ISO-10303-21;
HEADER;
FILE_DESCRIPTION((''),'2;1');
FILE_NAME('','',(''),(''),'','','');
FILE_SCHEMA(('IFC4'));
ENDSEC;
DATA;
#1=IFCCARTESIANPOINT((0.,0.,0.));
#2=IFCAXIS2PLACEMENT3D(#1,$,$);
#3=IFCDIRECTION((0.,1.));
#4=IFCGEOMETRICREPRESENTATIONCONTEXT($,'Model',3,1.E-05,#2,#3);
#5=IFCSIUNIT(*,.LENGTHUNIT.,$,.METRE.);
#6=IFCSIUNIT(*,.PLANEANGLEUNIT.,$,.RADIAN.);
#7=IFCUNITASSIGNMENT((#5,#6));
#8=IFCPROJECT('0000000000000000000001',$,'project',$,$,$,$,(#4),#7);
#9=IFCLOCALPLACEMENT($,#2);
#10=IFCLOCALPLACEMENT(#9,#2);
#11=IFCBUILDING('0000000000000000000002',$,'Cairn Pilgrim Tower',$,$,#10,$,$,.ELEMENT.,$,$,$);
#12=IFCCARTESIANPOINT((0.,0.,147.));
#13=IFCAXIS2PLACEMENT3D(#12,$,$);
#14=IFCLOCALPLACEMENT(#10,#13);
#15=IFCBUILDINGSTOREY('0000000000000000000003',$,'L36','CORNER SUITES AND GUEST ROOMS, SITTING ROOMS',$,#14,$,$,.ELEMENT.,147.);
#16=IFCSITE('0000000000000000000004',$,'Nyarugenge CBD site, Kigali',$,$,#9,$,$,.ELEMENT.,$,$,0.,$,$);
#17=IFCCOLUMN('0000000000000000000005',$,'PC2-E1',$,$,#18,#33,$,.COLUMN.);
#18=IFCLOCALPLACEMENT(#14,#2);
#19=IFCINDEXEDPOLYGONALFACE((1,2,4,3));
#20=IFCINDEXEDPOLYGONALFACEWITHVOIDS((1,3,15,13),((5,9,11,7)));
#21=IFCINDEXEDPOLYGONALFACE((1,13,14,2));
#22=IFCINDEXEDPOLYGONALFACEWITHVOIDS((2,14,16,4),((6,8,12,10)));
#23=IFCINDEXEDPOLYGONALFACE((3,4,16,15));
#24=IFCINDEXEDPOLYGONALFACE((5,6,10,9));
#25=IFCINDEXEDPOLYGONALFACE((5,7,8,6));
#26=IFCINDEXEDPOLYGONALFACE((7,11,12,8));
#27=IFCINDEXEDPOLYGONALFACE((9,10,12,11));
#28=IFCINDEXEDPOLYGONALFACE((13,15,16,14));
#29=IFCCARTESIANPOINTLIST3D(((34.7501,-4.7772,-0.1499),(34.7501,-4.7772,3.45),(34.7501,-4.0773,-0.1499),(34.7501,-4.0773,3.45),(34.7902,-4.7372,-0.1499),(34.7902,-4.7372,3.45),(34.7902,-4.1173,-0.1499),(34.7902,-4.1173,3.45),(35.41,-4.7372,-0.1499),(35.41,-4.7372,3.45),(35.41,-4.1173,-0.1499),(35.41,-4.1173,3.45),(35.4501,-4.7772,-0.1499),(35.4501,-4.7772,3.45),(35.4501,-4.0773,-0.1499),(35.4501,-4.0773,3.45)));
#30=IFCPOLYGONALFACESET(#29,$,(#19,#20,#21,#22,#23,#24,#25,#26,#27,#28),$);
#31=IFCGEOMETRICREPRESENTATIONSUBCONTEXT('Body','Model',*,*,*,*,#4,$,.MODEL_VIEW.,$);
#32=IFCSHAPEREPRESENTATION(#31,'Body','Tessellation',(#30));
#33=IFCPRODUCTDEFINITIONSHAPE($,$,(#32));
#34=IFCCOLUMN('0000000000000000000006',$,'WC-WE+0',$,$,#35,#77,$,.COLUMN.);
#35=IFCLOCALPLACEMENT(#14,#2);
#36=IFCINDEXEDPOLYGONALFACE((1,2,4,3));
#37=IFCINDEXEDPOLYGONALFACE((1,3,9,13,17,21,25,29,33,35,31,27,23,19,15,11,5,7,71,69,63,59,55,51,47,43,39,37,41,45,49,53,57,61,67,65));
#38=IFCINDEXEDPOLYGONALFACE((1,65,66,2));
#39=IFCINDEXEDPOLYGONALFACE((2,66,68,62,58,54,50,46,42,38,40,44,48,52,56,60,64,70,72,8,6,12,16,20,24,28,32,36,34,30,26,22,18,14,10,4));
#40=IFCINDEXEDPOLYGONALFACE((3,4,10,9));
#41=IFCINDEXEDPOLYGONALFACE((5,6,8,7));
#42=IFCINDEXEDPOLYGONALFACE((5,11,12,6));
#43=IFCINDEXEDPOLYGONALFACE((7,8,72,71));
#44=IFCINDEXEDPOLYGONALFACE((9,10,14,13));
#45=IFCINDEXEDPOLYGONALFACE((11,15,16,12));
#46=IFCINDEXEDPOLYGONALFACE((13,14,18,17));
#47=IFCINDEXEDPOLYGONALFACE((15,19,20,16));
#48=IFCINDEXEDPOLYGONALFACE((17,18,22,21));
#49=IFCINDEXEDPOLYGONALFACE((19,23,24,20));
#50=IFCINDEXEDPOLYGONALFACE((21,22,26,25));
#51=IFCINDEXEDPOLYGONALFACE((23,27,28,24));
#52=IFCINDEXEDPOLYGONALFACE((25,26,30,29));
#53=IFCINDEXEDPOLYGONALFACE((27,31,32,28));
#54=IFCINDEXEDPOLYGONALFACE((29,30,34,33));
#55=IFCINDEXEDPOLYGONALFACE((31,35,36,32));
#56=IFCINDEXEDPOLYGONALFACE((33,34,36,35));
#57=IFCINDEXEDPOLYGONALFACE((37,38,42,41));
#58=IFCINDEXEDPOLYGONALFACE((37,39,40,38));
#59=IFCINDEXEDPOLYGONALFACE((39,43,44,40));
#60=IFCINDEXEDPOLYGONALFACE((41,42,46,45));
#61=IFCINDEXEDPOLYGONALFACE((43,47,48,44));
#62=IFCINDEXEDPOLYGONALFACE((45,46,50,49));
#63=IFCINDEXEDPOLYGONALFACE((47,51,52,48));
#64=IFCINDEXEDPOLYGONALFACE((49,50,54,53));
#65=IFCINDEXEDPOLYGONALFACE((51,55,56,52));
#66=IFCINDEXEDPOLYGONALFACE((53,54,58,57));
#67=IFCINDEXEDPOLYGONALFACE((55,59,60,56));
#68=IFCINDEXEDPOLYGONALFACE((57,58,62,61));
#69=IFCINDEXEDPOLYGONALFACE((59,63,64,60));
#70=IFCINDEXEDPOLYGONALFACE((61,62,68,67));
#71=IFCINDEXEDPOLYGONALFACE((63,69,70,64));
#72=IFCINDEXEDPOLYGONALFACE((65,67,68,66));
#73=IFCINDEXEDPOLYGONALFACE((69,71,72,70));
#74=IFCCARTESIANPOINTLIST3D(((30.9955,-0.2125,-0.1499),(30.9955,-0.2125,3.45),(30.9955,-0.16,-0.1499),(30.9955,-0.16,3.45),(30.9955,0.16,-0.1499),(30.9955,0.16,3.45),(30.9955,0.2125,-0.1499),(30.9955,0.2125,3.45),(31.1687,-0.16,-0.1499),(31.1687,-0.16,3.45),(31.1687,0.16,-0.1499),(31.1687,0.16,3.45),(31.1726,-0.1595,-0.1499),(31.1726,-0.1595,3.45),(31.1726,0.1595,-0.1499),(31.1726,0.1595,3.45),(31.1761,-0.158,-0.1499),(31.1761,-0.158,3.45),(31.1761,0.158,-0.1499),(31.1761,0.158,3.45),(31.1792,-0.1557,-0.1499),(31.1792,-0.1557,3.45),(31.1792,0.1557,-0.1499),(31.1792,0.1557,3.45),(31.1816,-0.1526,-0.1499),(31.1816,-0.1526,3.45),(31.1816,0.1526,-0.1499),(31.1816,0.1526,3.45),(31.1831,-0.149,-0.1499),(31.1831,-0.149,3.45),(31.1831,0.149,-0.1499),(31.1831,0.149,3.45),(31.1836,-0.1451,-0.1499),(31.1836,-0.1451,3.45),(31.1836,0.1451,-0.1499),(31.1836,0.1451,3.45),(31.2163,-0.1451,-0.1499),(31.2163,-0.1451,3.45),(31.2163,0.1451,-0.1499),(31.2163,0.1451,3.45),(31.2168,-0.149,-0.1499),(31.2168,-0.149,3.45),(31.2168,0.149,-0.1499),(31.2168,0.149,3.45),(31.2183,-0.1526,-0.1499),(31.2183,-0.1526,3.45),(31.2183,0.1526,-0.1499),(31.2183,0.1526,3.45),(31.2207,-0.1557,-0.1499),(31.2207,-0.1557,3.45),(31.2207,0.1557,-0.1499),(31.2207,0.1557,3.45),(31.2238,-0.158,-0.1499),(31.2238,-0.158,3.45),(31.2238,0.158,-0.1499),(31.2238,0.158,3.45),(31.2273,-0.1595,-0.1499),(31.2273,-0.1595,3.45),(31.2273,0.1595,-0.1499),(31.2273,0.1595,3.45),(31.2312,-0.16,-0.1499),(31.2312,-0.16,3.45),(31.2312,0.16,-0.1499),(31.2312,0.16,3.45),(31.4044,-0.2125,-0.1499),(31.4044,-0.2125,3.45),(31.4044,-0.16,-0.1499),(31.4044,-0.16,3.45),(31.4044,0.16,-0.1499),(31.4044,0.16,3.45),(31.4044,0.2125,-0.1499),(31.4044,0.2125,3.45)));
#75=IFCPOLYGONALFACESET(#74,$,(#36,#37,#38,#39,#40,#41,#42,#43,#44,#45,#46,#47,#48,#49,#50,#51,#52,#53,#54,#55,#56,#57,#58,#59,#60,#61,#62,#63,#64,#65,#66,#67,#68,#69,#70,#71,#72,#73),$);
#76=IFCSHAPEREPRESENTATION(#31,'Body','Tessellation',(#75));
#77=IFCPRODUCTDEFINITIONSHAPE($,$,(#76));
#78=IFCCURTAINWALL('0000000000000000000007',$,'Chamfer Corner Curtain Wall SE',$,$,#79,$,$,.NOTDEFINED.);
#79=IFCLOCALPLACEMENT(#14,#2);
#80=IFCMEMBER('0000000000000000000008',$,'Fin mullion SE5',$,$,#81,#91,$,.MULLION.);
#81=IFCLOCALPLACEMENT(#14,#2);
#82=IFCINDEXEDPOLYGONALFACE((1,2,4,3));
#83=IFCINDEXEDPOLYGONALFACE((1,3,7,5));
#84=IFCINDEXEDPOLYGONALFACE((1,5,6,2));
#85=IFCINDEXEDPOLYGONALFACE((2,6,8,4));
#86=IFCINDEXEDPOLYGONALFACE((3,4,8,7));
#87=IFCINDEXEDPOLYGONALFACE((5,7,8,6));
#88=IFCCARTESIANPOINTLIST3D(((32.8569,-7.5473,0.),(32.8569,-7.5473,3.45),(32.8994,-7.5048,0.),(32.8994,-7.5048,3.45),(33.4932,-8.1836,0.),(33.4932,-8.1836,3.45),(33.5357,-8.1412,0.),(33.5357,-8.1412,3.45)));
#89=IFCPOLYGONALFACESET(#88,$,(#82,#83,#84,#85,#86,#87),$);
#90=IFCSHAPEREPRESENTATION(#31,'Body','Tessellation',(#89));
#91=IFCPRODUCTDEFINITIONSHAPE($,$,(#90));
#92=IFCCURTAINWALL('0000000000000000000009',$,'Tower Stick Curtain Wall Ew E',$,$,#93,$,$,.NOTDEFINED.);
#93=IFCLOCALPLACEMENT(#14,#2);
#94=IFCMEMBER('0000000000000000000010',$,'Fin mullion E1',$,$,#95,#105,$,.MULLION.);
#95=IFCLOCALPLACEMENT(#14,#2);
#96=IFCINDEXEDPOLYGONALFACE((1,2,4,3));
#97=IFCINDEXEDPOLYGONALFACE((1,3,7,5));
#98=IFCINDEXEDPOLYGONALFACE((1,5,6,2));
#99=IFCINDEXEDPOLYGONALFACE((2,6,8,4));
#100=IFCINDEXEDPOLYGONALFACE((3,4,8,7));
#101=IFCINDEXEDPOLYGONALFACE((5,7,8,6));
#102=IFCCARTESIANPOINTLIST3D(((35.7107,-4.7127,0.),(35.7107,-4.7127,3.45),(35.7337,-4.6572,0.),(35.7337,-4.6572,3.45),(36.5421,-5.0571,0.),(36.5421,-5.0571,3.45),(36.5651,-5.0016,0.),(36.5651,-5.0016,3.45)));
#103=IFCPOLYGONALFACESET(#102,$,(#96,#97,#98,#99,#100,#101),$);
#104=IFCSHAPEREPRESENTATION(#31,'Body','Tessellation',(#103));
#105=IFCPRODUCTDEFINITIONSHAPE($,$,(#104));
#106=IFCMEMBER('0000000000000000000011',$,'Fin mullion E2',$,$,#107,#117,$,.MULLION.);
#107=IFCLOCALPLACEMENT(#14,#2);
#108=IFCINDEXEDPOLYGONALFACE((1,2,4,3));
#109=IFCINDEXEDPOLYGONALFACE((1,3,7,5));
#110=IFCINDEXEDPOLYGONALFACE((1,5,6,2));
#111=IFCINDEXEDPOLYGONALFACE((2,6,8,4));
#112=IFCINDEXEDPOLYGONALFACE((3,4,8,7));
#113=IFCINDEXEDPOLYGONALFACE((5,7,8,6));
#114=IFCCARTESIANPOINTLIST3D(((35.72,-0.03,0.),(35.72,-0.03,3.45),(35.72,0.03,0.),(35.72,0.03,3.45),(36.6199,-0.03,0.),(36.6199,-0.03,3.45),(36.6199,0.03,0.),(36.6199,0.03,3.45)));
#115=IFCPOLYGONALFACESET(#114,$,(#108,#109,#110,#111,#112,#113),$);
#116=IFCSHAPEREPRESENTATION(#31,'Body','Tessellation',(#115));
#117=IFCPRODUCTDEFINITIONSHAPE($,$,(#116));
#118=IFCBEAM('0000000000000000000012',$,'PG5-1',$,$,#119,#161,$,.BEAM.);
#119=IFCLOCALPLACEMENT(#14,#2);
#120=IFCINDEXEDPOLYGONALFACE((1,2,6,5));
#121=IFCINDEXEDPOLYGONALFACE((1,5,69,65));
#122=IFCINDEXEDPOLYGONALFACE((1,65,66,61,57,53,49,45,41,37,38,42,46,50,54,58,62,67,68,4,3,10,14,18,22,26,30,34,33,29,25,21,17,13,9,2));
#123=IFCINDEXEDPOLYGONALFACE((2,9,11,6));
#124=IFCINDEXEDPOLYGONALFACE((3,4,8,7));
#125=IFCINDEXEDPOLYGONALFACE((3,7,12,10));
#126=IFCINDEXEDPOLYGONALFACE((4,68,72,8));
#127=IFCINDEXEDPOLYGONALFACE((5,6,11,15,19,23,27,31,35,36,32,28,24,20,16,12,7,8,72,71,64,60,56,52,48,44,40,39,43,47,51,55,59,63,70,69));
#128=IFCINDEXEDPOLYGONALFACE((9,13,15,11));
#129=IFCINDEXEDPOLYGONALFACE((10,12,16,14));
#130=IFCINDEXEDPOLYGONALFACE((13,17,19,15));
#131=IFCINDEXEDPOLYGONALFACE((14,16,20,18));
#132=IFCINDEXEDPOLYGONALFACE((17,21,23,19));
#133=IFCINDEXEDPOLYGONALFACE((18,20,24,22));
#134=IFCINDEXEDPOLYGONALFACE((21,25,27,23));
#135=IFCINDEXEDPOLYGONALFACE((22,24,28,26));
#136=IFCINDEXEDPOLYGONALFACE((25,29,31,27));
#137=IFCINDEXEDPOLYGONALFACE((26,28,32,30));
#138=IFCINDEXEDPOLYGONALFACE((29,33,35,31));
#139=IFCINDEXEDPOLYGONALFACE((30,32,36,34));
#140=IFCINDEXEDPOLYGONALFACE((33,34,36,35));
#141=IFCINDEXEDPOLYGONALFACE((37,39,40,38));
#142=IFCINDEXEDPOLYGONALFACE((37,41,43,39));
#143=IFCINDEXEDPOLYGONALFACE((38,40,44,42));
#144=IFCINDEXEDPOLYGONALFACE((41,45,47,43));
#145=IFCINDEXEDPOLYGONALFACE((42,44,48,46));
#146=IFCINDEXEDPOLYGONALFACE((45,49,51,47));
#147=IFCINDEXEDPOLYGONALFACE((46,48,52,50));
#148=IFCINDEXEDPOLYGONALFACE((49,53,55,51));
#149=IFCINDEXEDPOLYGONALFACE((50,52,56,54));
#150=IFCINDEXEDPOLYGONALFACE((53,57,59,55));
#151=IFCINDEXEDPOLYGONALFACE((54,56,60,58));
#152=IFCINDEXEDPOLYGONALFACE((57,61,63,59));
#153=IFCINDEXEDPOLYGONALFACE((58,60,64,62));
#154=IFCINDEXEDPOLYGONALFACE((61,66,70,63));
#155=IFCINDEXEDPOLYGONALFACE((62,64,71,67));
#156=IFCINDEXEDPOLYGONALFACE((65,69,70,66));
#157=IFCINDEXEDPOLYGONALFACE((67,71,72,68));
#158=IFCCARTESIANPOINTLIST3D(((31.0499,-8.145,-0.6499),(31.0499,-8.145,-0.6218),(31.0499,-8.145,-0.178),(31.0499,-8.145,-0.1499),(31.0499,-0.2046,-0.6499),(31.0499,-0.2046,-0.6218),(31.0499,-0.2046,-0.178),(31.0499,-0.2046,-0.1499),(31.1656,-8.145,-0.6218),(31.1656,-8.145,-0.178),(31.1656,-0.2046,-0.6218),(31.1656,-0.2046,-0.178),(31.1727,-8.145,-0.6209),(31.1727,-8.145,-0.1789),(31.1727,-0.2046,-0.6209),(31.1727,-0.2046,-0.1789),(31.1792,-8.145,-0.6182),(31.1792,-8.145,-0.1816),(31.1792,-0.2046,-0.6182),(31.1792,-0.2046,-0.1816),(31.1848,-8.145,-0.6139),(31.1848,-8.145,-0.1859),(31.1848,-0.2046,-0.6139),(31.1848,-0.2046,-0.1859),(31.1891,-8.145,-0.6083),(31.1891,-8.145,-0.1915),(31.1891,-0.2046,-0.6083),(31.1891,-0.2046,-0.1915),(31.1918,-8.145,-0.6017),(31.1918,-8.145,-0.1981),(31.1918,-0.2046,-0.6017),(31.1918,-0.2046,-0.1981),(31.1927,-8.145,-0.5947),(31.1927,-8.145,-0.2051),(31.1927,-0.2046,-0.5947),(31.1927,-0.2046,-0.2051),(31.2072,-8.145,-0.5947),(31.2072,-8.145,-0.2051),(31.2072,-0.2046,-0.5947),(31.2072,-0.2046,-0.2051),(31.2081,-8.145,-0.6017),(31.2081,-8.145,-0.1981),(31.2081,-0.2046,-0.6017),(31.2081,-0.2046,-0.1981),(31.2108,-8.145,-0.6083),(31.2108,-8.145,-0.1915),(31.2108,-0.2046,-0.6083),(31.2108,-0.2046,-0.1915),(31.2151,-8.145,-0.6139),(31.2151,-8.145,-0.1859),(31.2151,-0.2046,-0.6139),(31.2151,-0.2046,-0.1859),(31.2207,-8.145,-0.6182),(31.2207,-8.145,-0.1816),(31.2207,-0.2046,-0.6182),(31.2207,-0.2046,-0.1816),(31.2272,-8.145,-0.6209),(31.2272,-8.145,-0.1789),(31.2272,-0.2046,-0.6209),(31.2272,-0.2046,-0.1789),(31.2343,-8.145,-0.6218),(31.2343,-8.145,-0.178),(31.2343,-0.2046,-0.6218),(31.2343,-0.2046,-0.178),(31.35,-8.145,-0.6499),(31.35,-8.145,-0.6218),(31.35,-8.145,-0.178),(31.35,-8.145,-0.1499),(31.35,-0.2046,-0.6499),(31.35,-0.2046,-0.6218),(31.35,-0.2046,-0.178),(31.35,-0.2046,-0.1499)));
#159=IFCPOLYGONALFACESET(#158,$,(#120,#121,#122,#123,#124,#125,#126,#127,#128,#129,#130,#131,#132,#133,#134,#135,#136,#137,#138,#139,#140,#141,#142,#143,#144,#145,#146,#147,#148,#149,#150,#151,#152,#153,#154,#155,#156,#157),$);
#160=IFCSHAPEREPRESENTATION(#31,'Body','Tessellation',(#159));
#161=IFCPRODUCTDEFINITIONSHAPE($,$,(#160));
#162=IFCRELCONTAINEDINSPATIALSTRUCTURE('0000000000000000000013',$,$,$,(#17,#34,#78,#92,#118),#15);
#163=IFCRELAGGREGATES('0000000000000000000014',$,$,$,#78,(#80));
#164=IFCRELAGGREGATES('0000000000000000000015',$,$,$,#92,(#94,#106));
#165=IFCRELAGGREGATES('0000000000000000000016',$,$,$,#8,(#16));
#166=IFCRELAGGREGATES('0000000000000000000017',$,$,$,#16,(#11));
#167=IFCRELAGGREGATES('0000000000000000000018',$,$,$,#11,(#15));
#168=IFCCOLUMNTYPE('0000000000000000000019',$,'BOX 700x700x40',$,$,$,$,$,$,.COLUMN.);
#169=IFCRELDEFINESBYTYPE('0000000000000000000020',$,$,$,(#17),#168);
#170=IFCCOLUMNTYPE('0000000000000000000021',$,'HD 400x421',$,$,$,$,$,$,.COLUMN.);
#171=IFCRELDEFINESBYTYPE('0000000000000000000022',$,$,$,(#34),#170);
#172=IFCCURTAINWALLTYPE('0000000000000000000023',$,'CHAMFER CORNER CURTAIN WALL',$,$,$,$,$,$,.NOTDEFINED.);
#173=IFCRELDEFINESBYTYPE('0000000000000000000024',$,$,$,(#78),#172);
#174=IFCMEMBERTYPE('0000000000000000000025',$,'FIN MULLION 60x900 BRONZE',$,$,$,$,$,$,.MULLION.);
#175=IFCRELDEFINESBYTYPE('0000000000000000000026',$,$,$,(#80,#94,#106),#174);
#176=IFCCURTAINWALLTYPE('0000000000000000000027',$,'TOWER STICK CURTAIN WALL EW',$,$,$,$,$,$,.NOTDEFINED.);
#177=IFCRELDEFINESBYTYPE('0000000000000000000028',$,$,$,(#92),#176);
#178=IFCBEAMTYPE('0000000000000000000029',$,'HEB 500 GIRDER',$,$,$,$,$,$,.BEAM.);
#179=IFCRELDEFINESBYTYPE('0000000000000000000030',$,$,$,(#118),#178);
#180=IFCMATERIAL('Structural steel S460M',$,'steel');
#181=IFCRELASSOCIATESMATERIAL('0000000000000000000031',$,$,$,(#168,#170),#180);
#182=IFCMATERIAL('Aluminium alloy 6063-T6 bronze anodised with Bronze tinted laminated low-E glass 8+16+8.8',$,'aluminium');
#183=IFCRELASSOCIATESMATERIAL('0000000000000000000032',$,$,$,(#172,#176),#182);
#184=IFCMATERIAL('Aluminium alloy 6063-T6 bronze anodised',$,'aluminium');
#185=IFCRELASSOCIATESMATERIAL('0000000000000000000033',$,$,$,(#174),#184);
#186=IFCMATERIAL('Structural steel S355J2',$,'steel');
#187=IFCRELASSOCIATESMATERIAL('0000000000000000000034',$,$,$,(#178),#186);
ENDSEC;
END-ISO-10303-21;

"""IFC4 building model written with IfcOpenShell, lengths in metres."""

from ifc_helpers import new_model, si_unit, direction, frame, origin, origin_2d, place, context, subcontext, project, spatial, rectangle, hollow_rectangle, i_section, extrude, material, material_profile, profile_set, type_object, element, aggregate, save


model = new_model("IFC4")

# Units and contexts
model_context = context("Model", 3, precision=1e-05, world=origin(), true_north=direction((0.0, 1.0)))
body_context = subcontext(model_context, "Body", "Model", "MODEL_VIEW")
ifc_project = project(units=[si_unit("LENGTHUNIT", "METRE"), si_unit("PLANEANGLEUNIT", "RADIAN")], contexts=[model_context])

# Site, building, storey
site_placement = place(None, origin())
site = spatial("IfcSite", under=ifc_project, at=site_placement, Name="Nyarugenge CBD site, Kigali", CompositionType="ELEMENT", RefElevation=0.0)
building_placement = place(site_placement, origin())
building = spatial("IfcBuilding", under=site, at=building_placement, Name="Cairn Pilgrim Tower", CompositionType="ELEMENT")
storey_placement = place(building_placement, frame((0.0, 0.0, 147.0)))
storey = spatial("IfcBuildingStorey", under=building, at=storey_placement, Name="L36", Description="CORNER SUITES AND GUEST ROOMS, SITTING ROOMS", CompositionType="ELEMENT", Elevation=147.0)

# Columns
ifc_material_1 = material(Name="Structural steel S460M", Category="steel")
ifc_material_profile_1 = material_profile(ifc_material_1, hollow_rectangle(XDim=0.7, YDim=0.7, WallThickness=0.04, at=origin_2d()), Name="BOX 700x700x40")
ifc_profile_set_1 = profile_set([ifc_material_profile_1], Name="Structural steel S460M")
column_type_1 = type_object("IfcColumnType", Name="BOX 700x700x40", PredefinedType="COLUMN", material=ifc_profile_set_1)
column_1_placement = place(storey_placement, frame((35.1001, -4.4272, -0.1499), z_axis=(0.0, 0.0, 1.0), x_axis=(1.0, 0.0, 0.0)))
element("IfcColumn", 1, at=column_1_placement, inside=storey, type_object=column_type_1, Name="PC2-E1", PredefinedType="COLUMN", context=body_context, shape_type="SweptSolid", body=[
    extrude(hollow_rectangle(XDim=0.7, YDim=0.7, WallThickness=0.04, at=origin_2d()), origin(), (0.0, 0.0, 1.0), 3.5999),
])
ifc_material_profile_2 = material_profile(ifc_material_1, i_section(OverallWidth=0.4089, OverallDepth=0.425, WebThickness=0.0327, FlangeThickness=0.0525, FilletRadius=0.0149, at=origin_2d()), Name="HD 400x421")
ifc_profile_set_2 = profile_set([ifc_material_profile_2], Name="Structural steel S460M")
column_type_2 = type_object("IfcColumnType", Name="HD 400x421", PredefinedType="COLUMN", material=ifc_profile_set_2)
column_2_placement = place(storey_placement, frame((31.2, 0.0, -0.1499), z_axis=(0.0, 0.0, 1.0), x_axis=(1.0, 0.0, 0.0)))
element("IfcColumn", 2, at=column_2_placement, inside=storey, type_object=column_type_2, Name="WC-WE+0", PredefinedType="COLUMN", context=body_context, shape_type="SweptSolid", body=[
    extrude(i_section(OverallWidth=0.4089, OverallDepth=0.425, WebThickness=0.0327, FlangeThickness=0.0525, FilletRadius=0.0149, at=origin_2d()), origin(), (0.0, 0.0, 1.0), 3.5999),
])

# Curtain wall, member
ifc_material_2 = material(Name="Aluminium alloy 6063-T6 bronze anodised with Bronze tinted laminated low-E glass 8+16+8.8", Category="aluminium")
curtain_wall_type_1 = type_object("IfcCurtainWallType", Name="CHAMFER CORNER CURTAIN WALL", PredefinedType="NOTDEFINED", material=ifc_material_2)
curtain_wall_1_placement = place(storey_placement, origin())
curtain_wall_1 = element("IfcCurtainWall", 3, at=curtain_wall_1_placement, inside=storey, type_object=curtain_wall_type_1, Name="Chamfer Corner Curtain Wall SE", PredefinedType="NOTDEFINED")
ifc_material_3 = material(Name="Aluminium alloy 6063-T6 bronze anodised", Category="aluminium")
ifc_material_profile_3 = material_profile(ifc_material_3, rectangle(XDim=0.8999, YDim=0.0601, at=origin_2d()), Name="FIN MULLION 60x900 BRONZE")
ifc_profile_set_3 = profile_set([ifc_material_profile_3], Name="Aluminium alloy 6063-T6 bronze anodised")
member_type = type_object("IfcMemberType", Name="FIN MULLION 60x900 BRONZE", PredefinedType="MULLION", material=ifc_profile_set_3)
member_1_placement = place(storey_placement, frame((33.1963, -7.8442, 0.0), z_axis=(0.0, 0.0, 1.0), x_axis=(0.707107, -0.707107, 0.0)))
member_1 = element("IfcMember", 4, at=member_1_placement, type_object=member_type, Name="Fin mullion SE5", PredefinedType="MULLION", context=body_context, shape_type="SweptSolid", body=[
    extrude(rectangle(XDim=0.8999, YDim=0.0601, at=origin_2d()), origin(), (0.0, 0.0, 1.0), 3.45),
])
aggregate(curtain_wall_1, [member_1])

# Curtain wall, members
curtain_wall_type_2 = type_object("IfcCurtainWallType", Name="TOWER STICK CURTAIN WALL EW", PredefinedType="NOTDEFINED", material=ifc_material_2)
curtain_wall_2_placement = place(storey_placement, origin())
curtain_wall_2 = element("IfcCurtainWall", 5, at=curtain_wall_2_placement, inside=storey, type_object=curtain_wall_type_2, Name="Tower Stick Curtain Wall Ew E", PredefinedType="NOTDEFINED")
member_2_placement = place(storey_placement, frame((36.1379, -4.8572, 0.0), z_axis=(0.0, 0.0, 1.0), x_axis=(0.92388, -0.382683, 0.0)))
member_2 = element("IfcMember", 6, at=member_2_placement, type_object=member_type, Name="Fin mullion E1", PredefinedType="MULLION", context=body_context, shape_type="SweptSolid", body=[
    extrude(rectangle(XDim=0.8999, YDim=0.0601, at=origin_2d()), origin(), (0.0, 0.0, 1.0), 3.45),
])
member_3_placement = place(storey_placement, frame((36.1699, 0.0, 0.0), z_axis=(0.0, 0.0, 1.0), x_axis=(1.0, 0.0, 0.0)))
member_3 = element("IfcMember", 7, at=member_3_placement, type_object=member_type, Name="Fin mullion E2", PredefinedType="MULLION", context=body_context, shape_type="SweptSolid", body=[
    extrude(rectangle(XDim=0.8999, YDim=0.0601, at=origin_2d()), origin(), (0.0, 0.0, 1.0), 3.45),
])
aggregate(curtain_wall_2, [member_2, member_3])

# Beam
ifc_material_4 = material(Name="Structural steel S355J2", Category="steel")
ifc_material_profile_4 = material_profile(ifc_material_4, i_section(OverallWidth=0.3, OverallDepth=0.5, WebThickness=0.0144, FlangeThickness=0.0281, FilletRadius=0.0271, at=origin_2d()), Name="HEB 500")
ifc_profile_set_4 = profile_set([ifc_material_profile_4], Name="Structural steel S355J2")
beam_type_1 = type_object("IfcBeamType", Name="HEB 500 GIRDER", PredefinedType="BEAM", material=ifc_profile_set_4)
beam_1_placement = place(storey_placement, frame((31.2, -8.145, -0.3999), z_axis=(0.0, 1.0, 0.0), x_axis=(-1.0, 0.0, 0.0)))
element("IfcBeam", 8, at=beam_1_placement, inside=storey, type_object=beam_type_1, Name="PG5-1", PredefinedType="BEAM", context=body_context, shape_type="SweptSolid", body=[
    extrude(i_section(OverallWidth=0.3, OverallDepth=0.5, WebThickness=0.0144, FlangeThickness=0.0281, FilletRadius=0.0271, at=origin_2d()), origin(), (0.0, 0.0, 1.0), 7.9404),
])

save(model, "model.ifc")
